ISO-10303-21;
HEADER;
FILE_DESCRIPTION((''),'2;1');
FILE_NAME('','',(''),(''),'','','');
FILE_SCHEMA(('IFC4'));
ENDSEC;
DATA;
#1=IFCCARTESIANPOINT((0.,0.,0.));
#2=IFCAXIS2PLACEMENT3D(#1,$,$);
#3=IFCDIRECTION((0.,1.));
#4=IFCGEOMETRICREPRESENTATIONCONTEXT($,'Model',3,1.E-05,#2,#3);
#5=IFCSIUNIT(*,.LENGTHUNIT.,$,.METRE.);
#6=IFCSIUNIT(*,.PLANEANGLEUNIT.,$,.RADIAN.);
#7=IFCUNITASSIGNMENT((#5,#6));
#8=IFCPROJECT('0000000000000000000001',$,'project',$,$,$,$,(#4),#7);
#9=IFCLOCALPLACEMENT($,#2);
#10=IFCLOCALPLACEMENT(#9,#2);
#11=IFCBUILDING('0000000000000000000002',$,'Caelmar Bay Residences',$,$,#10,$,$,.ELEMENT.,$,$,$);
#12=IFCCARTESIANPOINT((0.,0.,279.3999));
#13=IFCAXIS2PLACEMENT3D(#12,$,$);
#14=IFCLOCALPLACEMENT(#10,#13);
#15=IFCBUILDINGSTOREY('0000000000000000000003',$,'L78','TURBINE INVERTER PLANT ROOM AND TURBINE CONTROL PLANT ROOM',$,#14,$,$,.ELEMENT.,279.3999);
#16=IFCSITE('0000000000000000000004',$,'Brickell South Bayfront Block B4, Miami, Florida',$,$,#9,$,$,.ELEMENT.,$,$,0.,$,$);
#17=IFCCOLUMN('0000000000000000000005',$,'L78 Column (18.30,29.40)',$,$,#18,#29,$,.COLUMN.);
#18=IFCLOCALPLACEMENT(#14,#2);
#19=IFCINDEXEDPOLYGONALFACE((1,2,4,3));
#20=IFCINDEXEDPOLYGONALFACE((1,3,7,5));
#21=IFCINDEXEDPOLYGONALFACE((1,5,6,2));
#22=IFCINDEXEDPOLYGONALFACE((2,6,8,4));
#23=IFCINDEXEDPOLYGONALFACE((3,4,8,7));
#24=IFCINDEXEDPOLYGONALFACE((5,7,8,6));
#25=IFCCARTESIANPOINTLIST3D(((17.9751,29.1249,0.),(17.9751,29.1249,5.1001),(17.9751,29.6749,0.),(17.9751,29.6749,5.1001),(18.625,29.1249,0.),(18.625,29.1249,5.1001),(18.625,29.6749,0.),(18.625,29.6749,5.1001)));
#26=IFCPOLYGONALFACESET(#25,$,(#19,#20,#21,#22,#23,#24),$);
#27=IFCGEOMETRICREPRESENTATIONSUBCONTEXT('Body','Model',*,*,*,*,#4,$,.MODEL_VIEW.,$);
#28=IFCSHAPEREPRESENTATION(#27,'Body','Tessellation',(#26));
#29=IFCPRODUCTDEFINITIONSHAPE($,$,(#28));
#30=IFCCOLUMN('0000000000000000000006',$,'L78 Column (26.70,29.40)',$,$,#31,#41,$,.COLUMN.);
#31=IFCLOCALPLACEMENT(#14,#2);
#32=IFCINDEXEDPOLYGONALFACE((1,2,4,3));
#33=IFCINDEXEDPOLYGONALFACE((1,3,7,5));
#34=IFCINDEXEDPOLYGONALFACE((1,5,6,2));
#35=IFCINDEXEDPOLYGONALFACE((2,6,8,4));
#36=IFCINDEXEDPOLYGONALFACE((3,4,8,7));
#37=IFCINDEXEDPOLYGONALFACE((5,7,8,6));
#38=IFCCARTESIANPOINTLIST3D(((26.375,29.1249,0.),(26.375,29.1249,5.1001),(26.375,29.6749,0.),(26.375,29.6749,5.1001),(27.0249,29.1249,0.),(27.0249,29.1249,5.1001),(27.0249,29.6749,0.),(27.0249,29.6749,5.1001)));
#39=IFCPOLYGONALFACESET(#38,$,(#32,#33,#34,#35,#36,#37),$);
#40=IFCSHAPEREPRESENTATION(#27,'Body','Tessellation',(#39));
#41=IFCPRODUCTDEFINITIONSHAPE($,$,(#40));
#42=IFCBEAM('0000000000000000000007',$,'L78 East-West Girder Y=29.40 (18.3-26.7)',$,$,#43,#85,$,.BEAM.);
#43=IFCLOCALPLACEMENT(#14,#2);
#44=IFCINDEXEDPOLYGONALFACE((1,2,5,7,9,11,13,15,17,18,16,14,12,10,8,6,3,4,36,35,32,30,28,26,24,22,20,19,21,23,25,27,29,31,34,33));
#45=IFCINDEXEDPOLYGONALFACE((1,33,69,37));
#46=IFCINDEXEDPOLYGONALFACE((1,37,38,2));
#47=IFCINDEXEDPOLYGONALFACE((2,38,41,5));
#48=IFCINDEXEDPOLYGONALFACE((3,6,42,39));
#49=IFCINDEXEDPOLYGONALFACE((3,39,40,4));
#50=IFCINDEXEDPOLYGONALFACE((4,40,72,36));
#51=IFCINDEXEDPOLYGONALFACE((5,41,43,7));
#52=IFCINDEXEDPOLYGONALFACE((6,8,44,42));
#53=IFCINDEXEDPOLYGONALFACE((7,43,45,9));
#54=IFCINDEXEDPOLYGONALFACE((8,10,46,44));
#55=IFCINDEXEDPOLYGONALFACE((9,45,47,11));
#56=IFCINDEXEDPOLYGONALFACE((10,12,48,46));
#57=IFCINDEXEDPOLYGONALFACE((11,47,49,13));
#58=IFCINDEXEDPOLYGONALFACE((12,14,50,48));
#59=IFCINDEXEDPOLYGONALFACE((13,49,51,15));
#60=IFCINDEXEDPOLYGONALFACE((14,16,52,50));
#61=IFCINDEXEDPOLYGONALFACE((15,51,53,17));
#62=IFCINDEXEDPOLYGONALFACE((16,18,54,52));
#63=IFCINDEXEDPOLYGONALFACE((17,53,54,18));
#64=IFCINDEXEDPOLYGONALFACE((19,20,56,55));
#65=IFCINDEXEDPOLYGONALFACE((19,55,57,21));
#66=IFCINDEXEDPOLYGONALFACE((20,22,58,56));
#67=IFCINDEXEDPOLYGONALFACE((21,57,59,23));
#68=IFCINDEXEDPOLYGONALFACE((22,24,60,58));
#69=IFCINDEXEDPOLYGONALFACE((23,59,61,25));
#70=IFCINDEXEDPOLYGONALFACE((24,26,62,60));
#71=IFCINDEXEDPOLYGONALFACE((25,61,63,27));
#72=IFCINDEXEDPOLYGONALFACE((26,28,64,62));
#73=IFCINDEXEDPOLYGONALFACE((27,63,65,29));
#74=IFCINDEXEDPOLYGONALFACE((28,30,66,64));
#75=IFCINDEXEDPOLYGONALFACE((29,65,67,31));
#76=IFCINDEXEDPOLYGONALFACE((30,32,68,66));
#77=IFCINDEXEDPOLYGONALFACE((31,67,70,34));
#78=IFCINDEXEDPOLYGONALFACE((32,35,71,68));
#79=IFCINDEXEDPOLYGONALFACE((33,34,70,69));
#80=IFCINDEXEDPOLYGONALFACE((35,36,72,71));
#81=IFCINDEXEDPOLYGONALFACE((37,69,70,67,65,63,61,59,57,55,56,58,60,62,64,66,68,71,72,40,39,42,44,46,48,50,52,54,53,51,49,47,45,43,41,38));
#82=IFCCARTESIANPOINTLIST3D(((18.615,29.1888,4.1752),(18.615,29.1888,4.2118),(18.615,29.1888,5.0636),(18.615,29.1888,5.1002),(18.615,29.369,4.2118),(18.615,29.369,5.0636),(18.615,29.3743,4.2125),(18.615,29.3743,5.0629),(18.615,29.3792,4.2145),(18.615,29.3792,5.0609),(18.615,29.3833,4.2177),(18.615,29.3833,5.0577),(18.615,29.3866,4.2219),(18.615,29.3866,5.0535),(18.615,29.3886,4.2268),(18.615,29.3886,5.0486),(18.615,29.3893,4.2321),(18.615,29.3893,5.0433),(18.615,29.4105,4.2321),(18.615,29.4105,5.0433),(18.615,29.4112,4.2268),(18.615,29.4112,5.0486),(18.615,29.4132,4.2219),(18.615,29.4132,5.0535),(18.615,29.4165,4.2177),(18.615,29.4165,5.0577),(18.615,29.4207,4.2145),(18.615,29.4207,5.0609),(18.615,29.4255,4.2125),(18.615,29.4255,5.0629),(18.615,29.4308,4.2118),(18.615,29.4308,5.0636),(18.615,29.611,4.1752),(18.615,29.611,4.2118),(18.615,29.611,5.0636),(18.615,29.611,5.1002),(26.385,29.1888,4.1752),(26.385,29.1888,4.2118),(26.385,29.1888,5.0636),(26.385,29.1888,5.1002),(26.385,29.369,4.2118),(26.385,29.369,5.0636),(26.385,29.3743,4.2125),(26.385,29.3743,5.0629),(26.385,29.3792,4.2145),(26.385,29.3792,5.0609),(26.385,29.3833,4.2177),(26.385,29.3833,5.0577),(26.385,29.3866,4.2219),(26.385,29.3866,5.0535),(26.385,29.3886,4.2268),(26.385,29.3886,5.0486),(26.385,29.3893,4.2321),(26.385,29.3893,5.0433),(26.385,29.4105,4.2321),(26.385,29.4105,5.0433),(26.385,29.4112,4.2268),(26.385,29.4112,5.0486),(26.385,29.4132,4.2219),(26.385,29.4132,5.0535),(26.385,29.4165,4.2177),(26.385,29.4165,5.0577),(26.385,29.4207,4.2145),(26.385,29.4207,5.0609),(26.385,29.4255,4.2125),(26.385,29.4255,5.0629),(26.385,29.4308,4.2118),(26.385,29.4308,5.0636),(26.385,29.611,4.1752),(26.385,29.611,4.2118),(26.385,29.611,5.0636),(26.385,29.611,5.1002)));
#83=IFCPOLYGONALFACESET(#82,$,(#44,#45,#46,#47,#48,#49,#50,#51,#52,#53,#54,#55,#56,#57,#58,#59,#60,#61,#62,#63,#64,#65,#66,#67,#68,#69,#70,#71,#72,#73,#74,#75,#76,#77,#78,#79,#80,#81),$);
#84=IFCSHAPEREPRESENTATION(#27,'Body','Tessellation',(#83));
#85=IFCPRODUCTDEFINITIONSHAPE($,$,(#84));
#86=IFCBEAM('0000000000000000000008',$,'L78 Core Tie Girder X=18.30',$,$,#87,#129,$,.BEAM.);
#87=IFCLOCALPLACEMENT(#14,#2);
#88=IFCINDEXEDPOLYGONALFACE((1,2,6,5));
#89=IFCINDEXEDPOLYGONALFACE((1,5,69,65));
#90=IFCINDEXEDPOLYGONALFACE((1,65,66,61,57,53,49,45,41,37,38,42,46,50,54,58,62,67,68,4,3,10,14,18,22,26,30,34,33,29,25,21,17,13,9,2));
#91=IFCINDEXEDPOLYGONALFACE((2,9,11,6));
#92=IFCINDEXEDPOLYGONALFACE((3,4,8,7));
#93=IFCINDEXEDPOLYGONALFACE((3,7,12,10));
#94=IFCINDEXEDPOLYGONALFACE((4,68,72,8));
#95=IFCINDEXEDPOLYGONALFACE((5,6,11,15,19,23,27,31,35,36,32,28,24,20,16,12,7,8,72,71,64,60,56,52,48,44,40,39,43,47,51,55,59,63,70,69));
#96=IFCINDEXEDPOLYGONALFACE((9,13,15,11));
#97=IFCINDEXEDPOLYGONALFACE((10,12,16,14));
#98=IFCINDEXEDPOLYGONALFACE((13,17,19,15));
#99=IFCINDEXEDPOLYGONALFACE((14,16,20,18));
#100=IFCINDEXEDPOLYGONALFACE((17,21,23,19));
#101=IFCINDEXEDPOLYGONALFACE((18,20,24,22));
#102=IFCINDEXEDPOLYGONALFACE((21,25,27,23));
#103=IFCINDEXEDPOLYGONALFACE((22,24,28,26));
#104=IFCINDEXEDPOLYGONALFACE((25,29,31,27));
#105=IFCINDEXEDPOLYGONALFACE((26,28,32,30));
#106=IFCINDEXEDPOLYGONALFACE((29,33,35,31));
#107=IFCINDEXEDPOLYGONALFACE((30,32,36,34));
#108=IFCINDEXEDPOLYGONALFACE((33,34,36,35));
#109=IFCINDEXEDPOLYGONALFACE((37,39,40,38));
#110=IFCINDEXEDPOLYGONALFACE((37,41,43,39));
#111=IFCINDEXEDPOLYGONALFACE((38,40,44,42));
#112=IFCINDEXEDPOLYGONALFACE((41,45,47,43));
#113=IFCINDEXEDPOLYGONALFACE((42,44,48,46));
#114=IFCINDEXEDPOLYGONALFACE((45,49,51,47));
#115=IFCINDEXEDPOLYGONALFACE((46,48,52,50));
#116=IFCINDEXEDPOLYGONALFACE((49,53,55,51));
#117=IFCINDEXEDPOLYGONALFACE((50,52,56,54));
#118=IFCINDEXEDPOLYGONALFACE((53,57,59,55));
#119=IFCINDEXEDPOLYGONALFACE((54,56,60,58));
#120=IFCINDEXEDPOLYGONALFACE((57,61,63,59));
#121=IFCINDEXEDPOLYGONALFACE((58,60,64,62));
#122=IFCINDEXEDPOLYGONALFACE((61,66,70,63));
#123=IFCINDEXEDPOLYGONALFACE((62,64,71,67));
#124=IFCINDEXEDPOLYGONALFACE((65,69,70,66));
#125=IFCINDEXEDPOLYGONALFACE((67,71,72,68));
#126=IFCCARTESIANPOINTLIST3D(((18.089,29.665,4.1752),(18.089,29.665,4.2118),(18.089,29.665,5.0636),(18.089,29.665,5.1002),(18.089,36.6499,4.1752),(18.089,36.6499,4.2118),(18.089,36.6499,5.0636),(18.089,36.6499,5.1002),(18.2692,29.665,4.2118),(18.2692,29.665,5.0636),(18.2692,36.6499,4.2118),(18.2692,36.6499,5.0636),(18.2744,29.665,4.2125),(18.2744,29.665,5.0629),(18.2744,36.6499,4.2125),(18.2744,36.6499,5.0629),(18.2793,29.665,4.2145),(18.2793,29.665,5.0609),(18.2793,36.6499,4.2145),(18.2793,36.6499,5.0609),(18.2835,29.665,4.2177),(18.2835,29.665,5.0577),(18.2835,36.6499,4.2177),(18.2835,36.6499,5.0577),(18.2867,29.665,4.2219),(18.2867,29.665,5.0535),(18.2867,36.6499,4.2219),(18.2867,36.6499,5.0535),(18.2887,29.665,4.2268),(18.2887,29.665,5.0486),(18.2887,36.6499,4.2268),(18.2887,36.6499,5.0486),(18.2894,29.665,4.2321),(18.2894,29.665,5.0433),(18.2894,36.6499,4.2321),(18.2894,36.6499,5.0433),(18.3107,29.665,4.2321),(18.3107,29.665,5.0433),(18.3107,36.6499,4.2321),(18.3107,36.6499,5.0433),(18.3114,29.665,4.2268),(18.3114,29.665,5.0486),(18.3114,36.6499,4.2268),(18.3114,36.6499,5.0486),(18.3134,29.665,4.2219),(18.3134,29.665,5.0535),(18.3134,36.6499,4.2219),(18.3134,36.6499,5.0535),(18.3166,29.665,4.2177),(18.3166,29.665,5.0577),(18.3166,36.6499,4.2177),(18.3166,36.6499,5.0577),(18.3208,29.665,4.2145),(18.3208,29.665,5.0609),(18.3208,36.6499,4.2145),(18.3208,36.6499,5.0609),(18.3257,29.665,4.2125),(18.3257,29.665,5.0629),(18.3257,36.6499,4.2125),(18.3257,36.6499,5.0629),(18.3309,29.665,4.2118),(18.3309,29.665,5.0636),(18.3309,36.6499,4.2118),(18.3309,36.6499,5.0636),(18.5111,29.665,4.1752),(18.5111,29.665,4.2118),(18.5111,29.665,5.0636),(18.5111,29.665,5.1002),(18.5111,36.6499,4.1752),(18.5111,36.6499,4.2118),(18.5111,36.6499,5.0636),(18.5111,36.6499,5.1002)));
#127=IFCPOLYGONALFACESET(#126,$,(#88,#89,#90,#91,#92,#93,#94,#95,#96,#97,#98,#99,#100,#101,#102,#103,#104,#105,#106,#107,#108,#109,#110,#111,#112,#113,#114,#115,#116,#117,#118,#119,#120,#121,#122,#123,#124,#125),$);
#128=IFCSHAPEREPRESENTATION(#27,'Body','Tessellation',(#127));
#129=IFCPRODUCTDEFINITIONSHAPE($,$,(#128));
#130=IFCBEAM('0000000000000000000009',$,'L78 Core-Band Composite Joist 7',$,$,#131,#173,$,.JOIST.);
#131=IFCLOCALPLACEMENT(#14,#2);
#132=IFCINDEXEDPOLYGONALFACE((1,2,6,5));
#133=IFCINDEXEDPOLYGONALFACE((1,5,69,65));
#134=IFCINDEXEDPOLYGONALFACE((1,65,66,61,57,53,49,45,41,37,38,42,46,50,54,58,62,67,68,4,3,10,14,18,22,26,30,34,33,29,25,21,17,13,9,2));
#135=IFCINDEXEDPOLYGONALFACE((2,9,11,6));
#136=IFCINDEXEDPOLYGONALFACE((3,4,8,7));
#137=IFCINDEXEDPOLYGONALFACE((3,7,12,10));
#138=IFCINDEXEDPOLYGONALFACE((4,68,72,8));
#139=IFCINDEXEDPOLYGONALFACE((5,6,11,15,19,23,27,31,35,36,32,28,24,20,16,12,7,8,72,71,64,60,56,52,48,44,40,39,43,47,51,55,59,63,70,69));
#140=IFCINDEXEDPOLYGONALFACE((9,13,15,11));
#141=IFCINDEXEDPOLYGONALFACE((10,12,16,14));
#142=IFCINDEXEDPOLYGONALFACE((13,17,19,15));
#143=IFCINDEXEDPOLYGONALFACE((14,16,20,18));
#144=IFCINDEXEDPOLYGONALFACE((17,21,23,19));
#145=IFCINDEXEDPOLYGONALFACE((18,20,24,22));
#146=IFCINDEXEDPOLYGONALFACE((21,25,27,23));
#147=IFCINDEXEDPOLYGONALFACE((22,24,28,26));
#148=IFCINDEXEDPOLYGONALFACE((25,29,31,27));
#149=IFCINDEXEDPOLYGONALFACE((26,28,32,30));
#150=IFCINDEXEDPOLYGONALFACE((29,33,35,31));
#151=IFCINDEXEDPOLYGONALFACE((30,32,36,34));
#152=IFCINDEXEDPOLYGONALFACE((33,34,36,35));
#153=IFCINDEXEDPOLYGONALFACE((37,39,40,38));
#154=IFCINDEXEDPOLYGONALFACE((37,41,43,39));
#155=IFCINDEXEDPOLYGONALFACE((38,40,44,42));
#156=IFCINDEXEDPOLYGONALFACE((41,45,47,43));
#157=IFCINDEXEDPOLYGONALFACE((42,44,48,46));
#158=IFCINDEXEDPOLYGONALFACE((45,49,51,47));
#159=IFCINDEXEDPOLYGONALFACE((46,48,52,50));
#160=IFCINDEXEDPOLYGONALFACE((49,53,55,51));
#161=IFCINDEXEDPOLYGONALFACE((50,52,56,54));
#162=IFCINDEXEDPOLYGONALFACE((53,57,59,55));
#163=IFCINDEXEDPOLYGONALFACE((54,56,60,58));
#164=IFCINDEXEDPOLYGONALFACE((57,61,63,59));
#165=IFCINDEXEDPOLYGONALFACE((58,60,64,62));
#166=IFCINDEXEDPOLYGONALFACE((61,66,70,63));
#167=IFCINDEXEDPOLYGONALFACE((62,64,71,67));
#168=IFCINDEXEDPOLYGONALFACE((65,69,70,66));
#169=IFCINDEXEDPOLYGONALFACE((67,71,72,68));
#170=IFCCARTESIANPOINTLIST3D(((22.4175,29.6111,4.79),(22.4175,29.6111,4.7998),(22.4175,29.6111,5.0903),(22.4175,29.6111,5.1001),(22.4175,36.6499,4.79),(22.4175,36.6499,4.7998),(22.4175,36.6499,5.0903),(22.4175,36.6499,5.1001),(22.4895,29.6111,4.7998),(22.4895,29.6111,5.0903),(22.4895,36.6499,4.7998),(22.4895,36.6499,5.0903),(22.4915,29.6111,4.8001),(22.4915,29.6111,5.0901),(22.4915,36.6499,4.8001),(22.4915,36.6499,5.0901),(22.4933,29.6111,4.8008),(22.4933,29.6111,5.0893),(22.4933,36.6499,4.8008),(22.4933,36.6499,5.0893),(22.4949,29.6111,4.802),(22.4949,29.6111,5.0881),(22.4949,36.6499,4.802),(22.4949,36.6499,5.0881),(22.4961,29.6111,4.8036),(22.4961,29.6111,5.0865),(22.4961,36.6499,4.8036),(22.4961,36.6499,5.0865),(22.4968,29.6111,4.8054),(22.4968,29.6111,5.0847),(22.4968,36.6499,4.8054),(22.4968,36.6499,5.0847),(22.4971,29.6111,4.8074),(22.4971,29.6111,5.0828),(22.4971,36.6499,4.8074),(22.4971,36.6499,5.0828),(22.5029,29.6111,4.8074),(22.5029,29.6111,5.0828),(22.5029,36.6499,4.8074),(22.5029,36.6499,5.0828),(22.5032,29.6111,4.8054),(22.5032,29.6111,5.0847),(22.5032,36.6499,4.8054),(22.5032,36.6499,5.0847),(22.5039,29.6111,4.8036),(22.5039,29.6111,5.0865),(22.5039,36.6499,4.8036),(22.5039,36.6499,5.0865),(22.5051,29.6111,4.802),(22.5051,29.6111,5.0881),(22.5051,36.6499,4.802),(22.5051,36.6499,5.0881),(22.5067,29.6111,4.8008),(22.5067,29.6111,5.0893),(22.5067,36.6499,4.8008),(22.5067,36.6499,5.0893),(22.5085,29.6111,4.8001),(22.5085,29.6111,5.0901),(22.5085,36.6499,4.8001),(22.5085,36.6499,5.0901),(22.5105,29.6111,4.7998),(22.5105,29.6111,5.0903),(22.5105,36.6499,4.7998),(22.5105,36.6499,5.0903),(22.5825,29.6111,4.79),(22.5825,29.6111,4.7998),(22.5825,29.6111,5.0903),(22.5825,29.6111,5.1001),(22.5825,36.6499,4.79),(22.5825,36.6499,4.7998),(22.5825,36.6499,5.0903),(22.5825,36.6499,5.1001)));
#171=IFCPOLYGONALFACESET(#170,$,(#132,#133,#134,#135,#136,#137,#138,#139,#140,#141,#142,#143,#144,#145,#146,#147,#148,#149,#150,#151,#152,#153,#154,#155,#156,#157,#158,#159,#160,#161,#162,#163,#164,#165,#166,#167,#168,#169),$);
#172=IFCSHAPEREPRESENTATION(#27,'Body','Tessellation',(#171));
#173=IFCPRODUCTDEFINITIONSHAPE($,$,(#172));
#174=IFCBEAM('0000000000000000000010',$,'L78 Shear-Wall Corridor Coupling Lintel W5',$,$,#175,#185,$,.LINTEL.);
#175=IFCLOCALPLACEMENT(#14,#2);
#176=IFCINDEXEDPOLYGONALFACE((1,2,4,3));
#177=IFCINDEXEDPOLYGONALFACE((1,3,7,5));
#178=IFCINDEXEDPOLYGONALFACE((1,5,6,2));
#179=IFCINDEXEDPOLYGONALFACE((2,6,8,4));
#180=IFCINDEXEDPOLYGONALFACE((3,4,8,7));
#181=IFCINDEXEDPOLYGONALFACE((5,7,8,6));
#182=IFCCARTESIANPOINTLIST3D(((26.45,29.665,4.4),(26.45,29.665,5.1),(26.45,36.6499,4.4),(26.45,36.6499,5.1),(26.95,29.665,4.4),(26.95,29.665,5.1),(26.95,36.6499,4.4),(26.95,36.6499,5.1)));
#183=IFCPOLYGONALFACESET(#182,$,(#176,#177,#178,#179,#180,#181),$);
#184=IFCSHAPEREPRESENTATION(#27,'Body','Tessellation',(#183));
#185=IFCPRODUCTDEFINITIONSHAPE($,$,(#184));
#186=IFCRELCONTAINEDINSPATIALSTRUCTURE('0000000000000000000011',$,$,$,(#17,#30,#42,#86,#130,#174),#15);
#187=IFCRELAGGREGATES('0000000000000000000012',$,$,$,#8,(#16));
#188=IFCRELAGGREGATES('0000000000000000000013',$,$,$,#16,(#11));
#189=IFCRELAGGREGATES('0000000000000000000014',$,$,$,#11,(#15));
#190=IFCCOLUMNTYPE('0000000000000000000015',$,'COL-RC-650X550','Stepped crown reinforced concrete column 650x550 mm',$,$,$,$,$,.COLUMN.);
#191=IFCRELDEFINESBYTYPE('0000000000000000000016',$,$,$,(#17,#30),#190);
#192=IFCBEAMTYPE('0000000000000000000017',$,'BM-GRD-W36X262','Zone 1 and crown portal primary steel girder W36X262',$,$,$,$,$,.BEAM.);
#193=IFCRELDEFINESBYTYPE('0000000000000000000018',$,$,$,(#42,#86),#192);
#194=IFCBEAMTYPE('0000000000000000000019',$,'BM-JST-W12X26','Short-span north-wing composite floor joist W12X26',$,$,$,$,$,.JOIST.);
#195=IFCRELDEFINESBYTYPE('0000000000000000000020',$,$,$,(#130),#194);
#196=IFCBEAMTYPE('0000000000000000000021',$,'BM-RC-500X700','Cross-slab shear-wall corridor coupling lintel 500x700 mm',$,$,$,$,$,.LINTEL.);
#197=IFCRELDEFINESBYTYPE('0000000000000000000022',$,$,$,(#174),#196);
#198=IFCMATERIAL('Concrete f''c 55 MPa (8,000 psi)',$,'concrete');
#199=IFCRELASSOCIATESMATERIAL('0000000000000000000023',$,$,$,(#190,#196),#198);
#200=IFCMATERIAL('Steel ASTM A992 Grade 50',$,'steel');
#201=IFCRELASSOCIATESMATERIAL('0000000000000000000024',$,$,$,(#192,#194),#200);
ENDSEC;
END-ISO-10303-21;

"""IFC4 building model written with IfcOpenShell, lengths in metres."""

from ifc_helpers import new_model, si_unit, direction, frame, origin, origin_2d, place, context, subcontext, project, spatial, rectangle, i_section, extrude, material, material_profile, profile_set, type_object, element, save


model = new_model("IFC4")

# Units and contexts
model_context = context("Model", 3, precision=1e-05, world=origin(), true_north=direction((0.0, 1.0)))
body_context = subcontext(model_context, "Body", "Model", "MODEL_VIEW")
ifc_project = project(units=[si_unit("LENGTHUNIT", "METRE"), si_unit("PLANEANGLEUNIT", "RADIAN")], contexts=[model_context])

# Site, building, storey
site_placement = place(None, origin())
site = spatial("IfcSite", under=ifc_project, at=site_placement, Name="Brickell South Bayfront Block B4, Miami, Florida", CompositionType="ELEMENT", RefElevation=0.0)
building_placement = place(site_placement, origin())
building = spatial("IfcBuilding", under=site, at=building_placement, Name="Caelmar Bay Residences", CompositionType="ELEMENT")
storey_placement = place(building_placement, frame((0.0, 0.0, 279.3999)))
storey = spatial("IfcBuildingStorey", under=building, at=storey_placement, Name="L78", Description="TURBINE INVERTER PLANT ROOM AND TURBINE CONTROL PLANT ROOM", CompositionType="ELEMENT", Elevation=279.3999)

# Columns
ifc_material_1 = material(Name="Concrete f'c 55 MPa (8,000 psi)", Category="concrete")
ifc_material_profile_1 = material_profile(ifc_material_1, rectangle(XDim=0.6499, YDim=0.55, at=origin_2d()), Name="RC-COL-650X550")
ifc_profile_set_1 = profile_set([ifc_material_profile_1], Name="Concrete f'c 55 MPa (8,000 psi)")
column_type = type_object("IfcColumnType", Name="COL-RC-650X550", Description="Stepped crown reinforced concrete column 650x550 mm", PredefinedType="COLUMN", material=ifc_profile_set_1)
for number, where, z_axis, x_axis, name in (
    (1, (18.3, 29.3999, 0.0), (0.0, 0.0, 1.0), (1.0, 0.0, 0.0), "L78 Column (18.30,29.40)"),
    (2, (26.7, 29.3999, 0.0), (0.0, 0.0, 1.0), (1.0, 0.0, 0.0), "L78 Column (26.70,29.40)"),
):
    element("IfcColumn", number, at=place(storey_placement, frame(where, z_axis=z_axis, x_axis=x_axis)), inside=storey, type_object=column_type, Name=name, PredefinedType="COLUMN", context=body_context, shape_type="SweptSolid", body=[
        extrude(rectangle(XDim=0.6499, YDim=0.55, at=origin_2d()), origin(), (0.0, 0.0, 1.0), 5.1001),
    ])

# Beams
ifc_material_2 = material(Name="Steel ASTM A992 Grade 50", Category="steel")
ifc_material_profile_2 = material_profile(ifc_material_2, i_section(OverallWidth=0.4221, OverallDepth=0.925, WebThickness=0.0212, FlangeThickness=0.0366, FilletRadius=0.0203, at=origin_2d()), Name="W36X262")
ifc_profile_set_2 = profile_set([ifc_material_profile_2], Name="Steel ASTM A992 Grade 50")
beam_type_1 = type_object("IfcBeamType", Name="BM-GRD-W36X262", Description="Zone 1 and crown portal primary steel girder W36X262", PredefinedType="BEAM", material=ifc_profile_set_2)
beam_1_placement = place(storey_placement, frame((18.615, 29.3999, 4.6377), z_axis=(1.0, 0.0, 0.0), x_axis=(0.0, 1.0, 0.0)))
element("IfcBeam", 3, at=beam_1_placement, inside=storey, type_object=beam_type_1, Name="L78 East-West Girder Y=29.40 (18.3-26.7)", PredefinedType="BEAM", context=body_context, shape_type="SweptSolid", body=[
    extrude(i_section(OverallWidth=0.4221, OverallDepth=0.925, WebThickness=0.0212, FlangeThickness=0.0366, FilletRadius=0.0203, at=origin_2d()), origin(), (0.0, 0.0, 1.0), 7.77),
])
beam_2_placement = place(storey_placement, frame((18.3, 29.665, 4.6377), z_axis=(0.0, 1.0, 0.0), x_axis=(-1.0, 0.0, 0.0)))
element("IfcBeam", 4, at=beam_2_placement, inside=storey, type_object=beam_type_1, Name="L78 Core Tie Girder X=18.30", PredefinedType="BEAM", context=body_context, shape_type="SweptSolid", body=[
    extrude(i_section(OverallWidth=0.4221, OverallDepth=0.925, WebThickness=0.0212, FlangeThickness=0.0366, FilletRadius=0.0203, at=origin_2d()), origin(), (0.0, 0.0, 1.0), 6.9849),
])
ifc_material_profile_3 = material_profile(ifc_material_2, i_section(OverallWidth=0.165, OverallDepth=0.3101, WebThickness=0.0059, FlangeThickness=0.0098, FilletRadius=0.0076, at=origin_2d()), Name="W12X26")
ifc_profile_set_3 = profile_set([ifc_material_profile_3], Name="Steel ASTM A992 Grade 50")
beam_type_2 = type_object("IfcBeamType", Name="BM-JST-W12X26", Description="Short-span north-wing composite floor joist W12X26", PredefinedType="JOIST", material=ifc_profile_set_3)
beam_3_placement = place(storey_placement, frame((22.5, 29.6111, 4.9451), z_axis=(0.0, 1.0, 0.0), x_axis=(-1.0, 0.0, 0.0)))
element("IfcBeam", 5, at=beam_3_placement, inside=storey, type_object=beam_type_2, Name="L78 Core-Band Composite Joist 7", PredefinedType="JOIST", context=body_context, shape_type="SweptSolid", body=[
    extrude(i_section(OverallWidth=0.165, OverallDepth=0.3101, WebThickness=0.0059, FlangeThickness=0.0098, FilletRadius=0.0076, at=origin_2d()), origin(), (0.0, 0.0, 1.0), 7.0388),
])
ifc_material_profile_4 = material_profile(ifc_material_1, rectangle(XDim=0.5, YDim=0.7, at=origin_2d()), Name="RC-BM-500X700")
ifc_profile_set_4 = profile_set([ifc_material_profile_4], Name="Concrete f'c 55 MPa (8,000 psi)")
beam_type_3 = type_object("IfcBeamType", Name="BM-RC-500X700", Description="Cross-slab shear-wall corridor coupling lintel 500x700 mm", PredefinedType="LINTEL", material=ifc_profile_set_4)
beam_4_placement = place(storey_placement, frame((26.7, 29.665, 4.75), z_axis=(0.0, 1.0, 0.0), x_axis=(-1.0, 0.0, 0.0)))
element("IfcBeam", 6, at=beam_4_placement, inside=storey, type_object=beam_type_3, Name="L78 Shear-Wall Corridor Coupling Lintel W5", PredefinedType="LINTEL", context=body_context, shape_type="SweptSolid", body=[
    extrude(rectangle(XDim=0.5, YDim=0.7, at=origin_2d()), origin(), (0.0, 0.0, 1.0), 6.9849),
])

save(model, "model.ifc")
